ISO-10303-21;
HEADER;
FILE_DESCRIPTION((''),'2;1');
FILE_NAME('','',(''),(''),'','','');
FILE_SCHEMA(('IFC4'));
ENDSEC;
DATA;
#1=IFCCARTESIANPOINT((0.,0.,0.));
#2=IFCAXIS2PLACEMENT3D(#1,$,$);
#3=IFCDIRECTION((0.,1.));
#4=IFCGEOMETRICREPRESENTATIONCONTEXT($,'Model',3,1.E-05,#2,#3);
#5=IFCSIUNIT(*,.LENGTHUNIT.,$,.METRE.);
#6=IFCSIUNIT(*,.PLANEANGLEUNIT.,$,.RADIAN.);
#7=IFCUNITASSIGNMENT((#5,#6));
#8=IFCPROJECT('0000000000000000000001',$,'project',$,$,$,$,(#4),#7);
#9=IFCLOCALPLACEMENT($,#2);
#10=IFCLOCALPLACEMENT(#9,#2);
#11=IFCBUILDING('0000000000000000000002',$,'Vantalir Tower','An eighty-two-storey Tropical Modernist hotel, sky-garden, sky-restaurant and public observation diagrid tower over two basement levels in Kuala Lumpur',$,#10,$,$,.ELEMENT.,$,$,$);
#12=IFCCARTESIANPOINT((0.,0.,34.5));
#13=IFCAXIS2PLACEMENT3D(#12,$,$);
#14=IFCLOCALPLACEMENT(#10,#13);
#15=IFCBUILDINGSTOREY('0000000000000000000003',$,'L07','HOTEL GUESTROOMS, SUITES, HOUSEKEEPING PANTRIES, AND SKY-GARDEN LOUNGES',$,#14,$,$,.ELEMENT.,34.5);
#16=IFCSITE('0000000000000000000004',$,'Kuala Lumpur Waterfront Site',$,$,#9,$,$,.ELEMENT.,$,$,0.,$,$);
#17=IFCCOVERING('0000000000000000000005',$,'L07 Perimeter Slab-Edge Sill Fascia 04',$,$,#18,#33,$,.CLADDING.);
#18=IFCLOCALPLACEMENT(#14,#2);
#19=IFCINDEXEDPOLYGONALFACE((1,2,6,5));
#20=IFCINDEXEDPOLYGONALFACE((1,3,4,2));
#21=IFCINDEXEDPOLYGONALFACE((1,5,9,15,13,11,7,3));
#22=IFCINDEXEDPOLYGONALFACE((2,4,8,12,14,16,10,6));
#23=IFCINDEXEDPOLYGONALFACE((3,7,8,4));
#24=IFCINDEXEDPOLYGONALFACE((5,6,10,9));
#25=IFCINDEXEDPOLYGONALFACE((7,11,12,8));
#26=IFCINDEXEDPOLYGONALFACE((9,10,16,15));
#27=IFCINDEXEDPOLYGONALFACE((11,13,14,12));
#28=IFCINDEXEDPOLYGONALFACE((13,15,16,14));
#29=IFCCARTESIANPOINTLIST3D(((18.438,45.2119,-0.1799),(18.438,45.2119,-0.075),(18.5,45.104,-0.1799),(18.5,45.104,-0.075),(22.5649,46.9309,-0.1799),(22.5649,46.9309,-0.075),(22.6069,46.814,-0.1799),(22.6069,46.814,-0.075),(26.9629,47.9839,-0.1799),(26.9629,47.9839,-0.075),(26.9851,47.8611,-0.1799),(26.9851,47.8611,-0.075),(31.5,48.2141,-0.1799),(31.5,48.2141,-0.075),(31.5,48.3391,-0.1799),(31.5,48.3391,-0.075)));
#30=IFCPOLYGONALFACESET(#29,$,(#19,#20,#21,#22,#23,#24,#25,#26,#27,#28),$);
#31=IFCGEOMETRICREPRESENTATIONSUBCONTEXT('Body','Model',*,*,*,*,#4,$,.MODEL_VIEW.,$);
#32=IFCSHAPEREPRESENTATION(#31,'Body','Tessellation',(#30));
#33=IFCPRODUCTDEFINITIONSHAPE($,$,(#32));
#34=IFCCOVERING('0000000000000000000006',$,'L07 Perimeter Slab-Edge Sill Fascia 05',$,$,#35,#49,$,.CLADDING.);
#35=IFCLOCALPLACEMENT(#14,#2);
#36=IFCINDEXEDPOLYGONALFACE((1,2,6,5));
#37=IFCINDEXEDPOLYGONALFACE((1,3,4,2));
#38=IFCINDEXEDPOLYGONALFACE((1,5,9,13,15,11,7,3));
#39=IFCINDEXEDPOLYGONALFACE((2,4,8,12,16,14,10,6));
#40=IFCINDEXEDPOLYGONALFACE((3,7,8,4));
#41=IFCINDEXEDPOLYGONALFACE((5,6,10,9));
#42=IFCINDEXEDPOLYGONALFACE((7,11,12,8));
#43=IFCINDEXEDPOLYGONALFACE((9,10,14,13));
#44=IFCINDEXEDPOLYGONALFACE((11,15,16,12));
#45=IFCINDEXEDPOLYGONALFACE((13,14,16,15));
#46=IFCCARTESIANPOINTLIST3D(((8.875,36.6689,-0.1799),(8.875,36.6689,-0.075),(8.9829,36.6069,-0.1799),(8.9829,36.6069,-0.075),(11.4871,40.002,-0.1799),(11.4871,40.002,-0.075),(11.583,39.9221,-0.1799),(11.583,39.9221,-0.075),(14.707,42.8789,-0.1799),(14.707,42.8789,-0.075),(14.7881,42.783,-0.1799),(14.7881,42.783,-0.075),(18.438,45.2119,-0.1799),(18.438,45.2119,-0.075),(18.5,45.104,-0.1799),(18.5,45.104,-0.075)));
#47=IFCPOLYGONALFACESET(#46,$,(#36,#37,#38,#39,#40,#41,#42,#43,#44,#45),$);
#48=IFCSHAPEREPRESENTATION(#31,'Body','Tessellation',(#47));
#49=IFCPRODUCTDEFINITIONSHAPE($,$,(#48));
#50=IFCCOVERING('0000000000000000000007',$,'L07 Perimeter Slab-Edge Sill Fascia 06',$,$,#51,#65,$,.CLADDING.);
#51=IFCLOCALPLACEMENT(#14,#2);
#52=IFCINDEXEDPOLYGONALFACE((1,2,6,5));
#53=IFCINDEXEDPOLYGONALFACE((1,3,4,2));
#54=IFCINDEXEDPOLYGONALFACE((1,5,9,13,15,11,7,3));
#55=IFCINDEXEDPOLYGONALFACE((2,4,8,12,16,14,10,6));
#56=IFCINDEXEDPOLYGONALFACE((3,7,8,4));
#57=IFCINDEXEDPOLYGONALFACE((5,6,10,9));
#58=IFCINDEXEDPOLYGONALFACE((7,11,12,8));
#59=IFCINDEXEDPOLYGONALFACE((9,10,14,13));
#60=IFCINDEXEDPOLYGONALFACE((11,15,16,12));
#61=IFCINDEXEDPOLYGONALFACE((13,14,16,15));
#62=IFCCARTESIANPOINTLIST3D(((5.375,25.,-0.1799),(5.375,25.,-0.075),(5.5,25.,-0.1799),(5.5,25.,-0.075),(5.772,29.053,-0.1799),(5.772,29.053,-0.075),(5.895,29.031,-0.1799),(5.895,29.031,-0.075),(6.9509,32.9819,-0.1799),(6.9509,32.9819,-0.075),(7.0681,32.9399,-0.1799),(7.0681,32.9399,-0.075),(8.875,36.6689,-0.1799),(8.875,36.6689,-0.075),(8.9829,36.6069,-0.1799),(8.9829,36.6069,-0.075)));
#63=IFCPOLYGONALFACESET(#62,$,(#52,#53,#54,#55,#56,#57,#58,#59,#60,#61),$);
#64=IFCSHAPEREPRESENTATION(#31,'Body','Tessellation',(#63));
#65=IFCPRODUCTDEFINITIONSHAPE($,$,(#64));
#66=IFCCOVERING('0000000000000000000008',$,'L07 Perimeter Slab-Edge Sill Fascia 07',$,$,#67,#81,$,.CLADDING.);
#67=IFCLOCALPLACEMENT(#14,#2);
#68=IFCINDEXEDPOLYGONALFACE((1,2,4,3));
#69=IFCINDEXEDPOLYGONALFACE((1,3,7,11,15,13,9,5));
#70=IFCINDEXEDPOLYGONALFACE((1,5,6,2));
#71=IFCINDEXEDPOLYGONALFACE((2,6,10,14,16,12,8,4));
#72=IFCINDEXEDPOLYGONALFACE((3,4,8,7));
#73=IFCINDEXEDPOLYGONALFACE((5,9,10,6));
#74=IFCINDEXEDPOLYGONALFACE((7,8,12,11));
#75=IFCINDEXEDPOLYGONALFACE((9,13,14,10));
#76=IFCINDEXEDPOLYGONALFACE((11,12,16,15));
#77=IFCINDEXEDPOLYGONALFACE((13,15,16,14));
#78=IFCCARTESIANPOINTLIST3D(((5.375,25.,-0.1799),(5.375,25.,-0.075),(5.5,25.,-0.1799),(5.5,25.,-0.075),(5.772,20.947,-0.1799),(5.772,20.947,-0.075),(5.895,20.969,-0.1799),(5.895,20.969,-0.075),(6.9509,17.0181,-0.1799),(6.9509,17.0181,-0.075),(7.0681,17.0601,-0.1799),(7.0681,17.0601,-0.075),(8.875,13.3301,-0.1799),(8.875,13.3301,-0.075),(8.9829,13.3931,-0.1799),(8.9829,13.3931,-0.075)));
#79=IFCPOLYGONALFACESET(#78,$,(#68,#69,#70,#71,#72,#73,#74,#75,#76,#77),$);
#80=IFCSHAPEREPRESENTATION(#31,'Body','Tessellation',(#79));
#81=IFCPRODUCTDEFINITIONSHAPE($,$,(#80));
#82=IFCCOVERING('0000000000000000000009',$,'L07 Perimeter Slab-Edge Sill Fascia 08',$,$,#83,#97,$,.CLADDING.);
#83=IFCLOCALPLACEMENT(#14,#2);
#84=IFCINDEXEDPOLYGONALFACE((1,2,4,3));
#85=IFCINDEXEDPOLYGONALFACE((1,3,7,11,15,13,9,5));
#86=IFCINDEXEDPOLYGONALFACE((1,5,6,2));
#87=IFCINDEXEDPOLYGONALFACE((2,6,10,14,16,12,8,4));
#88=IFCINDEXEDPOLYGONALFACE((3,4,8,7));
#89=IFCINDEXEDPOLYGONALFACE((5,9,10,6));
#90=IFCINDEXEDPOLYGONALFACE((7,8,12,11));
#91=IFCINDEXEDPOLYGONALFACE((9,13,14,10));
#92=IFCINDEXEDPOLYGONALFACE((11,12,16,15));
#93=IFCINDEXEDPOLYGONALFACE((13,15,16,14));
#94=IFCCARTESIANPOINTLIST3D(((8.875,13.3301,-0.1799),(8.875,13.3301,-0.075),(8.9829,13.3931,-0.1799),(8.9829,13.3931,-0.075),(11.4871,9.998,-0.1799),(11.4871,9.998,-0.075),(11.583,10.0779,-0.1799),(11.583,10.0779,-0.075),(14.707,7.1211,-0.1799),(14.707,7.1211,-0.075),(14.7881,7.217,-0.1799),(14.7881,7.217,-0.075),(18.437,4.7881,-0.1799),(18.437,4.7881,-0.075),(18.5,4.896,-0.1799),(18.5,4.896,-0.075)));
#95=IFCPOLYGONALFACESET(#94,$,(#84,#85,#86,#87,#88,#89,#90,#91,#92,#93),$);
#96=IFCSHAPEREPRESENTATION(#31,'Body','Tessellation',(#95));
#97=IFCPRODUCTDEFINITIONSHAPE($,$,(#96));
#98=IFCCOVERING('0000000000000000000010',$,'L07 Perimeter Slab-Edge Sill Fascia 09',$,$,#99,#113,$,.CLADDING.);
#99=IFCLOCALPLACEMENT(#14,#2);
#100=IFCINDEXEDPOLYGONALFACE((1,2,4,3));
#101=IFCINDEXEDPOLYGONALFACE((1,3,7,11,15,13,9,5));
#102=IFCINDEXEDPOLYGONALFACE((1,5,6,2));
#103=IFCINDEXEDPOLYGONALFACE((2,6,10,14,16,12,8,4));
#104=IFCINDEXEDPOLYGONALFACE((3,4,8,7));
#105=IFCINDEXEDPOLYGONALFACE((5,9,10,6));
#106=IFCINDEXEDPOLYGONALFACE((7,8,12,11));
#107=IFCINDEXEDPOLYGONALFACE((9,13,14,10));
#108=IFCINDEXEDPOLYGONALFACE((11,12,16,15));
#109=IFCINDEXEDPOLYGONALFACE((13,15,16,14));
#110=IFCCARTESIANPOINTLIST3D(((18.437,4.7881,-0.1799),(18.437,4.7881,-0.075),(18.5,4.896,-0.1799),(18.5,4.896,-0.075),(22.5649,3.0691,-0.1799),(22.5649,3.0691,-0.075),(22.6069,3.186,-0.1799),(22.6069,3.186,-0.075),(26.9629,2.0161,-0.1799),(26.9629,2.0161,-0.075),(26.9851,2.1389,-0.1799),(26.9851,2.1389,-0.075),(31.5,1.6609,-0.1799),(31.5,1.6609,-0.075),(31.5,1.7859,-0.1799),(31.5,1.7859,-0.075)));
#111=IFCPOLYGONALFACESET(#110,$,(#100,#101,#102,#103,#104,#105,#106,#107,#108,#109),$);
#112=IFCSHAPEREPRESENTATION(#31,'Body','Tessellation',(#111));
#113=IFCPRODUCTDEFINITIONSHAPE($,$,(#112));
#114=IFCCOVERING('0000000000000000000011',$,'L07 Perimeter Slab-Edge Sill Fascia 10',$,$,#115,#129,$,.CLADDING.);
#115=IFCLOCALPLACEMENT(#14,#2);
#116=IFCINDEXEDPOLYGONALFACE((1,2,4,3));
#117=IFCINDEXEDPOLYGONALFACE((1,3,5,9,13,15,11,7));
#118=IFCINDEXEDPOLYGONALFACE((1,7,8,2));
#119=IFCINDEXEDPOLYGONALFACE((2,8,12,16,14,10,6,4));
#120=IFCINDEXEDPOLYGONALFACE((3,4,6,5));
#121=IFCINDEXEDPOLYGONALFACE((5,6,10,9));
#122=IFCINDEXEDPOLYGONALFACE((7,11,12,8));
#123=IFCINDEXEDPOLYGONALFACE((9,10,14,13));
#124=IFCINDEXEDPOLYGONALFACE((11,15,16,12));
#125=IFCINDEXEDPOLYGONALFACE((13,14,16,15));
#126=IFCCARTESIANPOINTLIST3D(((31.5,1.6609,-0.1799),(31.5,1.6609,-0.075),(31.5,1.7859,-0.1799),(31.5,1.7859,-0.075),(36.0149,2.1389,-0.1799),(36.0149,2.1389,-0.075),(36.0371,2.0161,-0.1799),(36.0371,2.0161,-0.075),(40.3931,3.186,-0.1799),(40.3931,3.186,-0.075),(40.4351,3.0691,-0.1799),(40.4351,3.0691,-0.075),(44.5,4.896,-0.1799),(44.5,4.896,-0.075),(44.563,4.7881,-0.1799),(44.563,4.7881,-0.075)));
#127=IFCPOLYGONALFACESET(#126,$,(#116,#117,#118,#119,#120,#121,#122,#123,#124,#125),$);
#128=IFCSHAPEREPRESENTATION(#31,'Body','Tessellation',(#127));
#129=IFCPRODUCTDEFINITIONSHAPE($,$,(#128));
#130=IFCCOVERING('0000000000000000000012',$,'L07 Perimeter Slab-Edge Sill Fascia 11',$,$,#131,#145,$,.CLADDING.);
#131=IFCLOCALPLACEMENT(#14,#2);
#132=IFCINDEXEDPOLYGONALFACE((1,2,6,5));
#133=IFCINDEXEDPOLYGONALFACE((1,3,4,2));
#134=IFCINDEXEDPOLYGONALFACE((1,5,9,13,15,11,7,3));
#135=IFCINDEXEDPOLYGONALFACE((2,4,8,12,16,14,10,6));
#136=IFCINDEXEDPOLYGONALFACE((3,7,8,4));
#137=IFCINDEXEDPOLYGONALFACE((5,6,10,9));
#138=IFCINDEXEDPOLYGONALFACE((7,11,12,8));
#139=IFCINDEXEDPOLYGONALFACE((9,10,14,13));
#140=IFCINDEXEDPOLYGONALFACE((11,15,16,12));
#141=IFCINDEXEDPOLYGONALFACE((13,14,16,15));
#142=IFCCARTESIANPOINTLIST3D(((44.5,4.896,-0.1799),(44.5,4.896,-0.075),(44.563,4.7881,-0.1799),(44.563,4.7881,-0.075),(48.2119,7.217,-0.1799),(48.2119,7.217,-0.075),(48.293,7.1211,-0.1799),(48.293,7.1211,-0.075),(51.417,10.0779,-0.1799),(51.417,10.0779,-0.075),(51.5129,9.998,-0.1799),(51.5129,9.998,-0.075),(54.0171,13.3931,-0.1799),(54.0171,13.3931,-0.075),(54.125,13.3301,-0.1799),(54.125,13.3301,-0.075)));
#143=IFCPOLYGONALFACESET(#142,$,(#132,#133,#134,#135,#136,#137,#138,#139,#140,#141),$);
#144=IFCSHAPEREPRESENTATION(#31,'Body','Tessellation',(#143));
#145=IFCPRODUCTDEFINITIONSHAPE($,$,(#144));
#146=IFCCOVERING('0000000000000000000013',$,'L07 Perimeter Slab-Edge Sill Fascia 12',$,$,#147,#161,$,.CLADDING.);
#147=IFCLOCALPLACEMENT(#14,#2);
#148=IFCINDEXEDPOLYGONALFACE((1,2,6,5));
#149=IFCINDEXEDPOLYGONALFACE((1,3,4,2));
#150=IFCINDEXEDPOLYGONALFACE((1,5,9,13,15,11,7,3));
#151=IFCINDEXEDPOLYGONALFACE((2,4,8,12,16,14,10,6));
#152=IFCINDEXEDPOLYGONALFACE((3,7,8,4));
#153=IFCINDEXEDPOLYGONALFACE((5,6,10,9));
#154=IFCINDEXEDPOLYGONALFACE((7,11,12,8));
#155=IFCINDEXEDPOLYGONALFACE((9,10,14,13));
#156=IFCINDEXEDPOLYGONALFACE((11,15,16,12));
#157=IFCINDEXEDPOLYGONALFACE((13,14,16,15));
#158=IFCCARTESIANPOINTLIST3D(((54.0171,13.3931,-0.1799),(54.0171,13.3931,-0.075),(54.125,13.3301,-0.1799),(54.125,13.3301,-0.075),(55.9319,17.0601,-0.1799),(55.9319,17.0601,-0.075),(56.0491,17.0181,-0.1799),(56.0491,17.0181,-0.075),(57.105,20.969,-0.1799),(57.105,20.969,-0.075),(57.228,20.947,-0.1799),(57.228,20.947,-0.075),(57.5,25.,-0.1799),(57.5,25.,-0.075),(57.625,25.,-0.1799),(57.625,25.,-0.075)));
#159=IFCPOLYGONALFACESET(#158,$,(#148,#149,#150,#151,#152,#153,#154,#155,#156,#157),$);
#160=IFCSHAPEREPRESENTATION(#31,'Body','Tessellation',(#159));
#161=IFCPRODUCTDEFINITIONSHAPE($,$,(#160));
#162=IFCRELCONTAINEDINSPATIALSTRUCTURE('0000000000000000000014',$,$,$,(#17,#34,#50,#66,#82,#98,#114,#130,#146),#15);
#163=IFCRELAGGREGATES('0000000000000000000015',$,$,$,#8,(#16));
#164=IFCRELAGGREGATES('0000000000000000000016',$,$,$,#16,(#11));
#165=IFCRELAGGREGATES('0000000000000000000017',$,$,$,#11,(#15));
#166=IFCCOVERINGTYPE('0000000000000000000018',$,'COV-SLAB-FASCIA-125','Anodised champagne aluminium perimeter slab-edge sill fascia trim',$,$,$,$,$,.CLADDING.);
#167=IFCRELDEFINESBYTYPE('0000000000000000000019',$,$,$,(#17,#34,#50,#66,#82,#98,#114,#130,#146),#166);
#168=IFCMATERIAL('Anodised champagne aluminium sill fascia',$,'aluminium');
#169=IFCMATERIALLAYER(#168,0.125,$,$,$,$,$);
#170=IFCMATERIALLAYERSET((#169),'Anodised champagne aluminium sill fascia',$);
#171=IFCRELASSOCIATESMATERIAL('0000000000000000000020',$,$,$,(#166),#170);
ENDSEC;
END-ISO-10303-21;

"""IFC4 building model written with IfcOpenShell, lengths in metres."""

from ifc_helpers import new_model, si_unit, direction, frame, origin, place, context, subcontext, project, spatial, polyline, outline, extrude, material, layer, layer_set, type_object, element, save


model = new_model("IFC4")

# Units and contexts
model_context = context("Model", 3, precision=1e-05, world=origin(), true_north=direction((0.0, 1.0)))
body_context = subcontext(model_context, "Body", "Model", "MODEL_VIEW")
ifc_project = project(units=[si_unit("LENGTHUNIT", "METRE"), si_unit("PLANEANGLEUNIT", "RADIAN")], contexts=[model_context])

# Site, building, storey
site_placement = place(None, origin())
site = spatial("IfcSite", under=ifc_project, at=site_placement, Name="Kuala Lumpur Waterfront Site", CompositionType="ELEMENT", RefElevation=0.0)
building_placement = place(site_placement, origin())
building = spatial("IfcBuilding", under=site, at=building_placement, Name="Vantalir Tower", Description="An eighty-two-storey Tropical Modernist hotel, sky-garden, sky-restaurant and public observation diagrid tower over two basement levels in Kuala Lumpur", CompositionType="ELEMENT")
storey_placement = place(building_placement, frame((0.0, 0.0, 34.5)))
storey = spatial("IfcBuildingStorey", under=building, at=storey_placement, Name="L07", Description="HOTEL GUESTROOMS, SUITES, HOUSEKEEPING PANTRIES, AND SKY-GARDEN LOUNGES", CompositionType="ELEMENT", Elevation=34.5)

# Coverings
ifc_material_1 = material(Name="Anodised champagne aluminium sill fascia", Category="aluminium")
ifc_layer_1 = layer(ifc_material_1, 0.125)
ifc_layer_set_1 = layer_set([ifc_layer_1], Name="Anodised champagne aluminium sill fascia")
covering_type = type_object("IfcCoveringType", Name="COV-SLAB-FASCIA-125", Description="Anodised champagne aluminium perimeter slab-edge sill fascia trim", PredefinedType="CLADDING", material=ifc_layer_set_1)
covering_1_placement = place(storey_placement, frame((0.0, 0.0, -0.1799)))
element("IfcCovering", 1, at=covering_1_placement, inside=storey, type_object=covering_type, Name="L07 Perimeter Slab-Edge Sill Fascia 04", PredefinedType="CLADDING", context=body_context, shape_type="SweptSolid", body=[
    extrude(outline(polyline([(31.5, 48.3391), (26.9629, 47.9839), (22.5649, 46.9309), (18.438, 45.2119), (18.5, 45.104), (22.6069, 46.814), (26.9851, 47.8611), (31.5, 48.2141), (31.5, 48.3391)])), origin(), (0.0, 0.0, 1.0), 0.105),
])
covering_2_placement = place(storey_placement, frame((0.0, 0.0, -0.1799)))
element("IfcCovering", 2, at=covering_2_placement, inside=storey, type_object=covering_type, Name="L07 Perimeter Slab-Edge Sill Fascia 05", PredefinedType="CLADDING", context=body_context, shape_type="SweptSolid", body=[
    extrude(outline(polyline([(18.438, 45.2119), (14.707, 42.8789), (11.4871, 40.002), (8.875, 36.6689), (8.9829, 36.6069), (11.583, 39.9221), (14.7881, 42.783), (18.5, 45.104), (18.438, 45.2119)])), origin(), (0.0, 0.0, 1.0), 0.105),
])
covering_3_placement = place(storey_placement, frame((0.0, 0.0, -0.1799)))
element("IfcCovering", 3, at=covering_3_placement, inside=storey, type_object=covering_type, Name="L07 Perimeter Slab-Edge Sill Fascia 06", PredefinedType="CLADDING", context=body_context, shape_type="SweptSolid", body=[
    extrude(outline(polyline([(8.875, 36.6689), (6.9509, 32.9819), (5.772, 29.053), (5.375, 25.0), (5.5, 25.0), (5.895, 29.031), (7.0681, 32.9399), (8.9829, 36.6069), (8.875, 36.6689)])), origin(), (0.0, 0.0, 1.0), 0.105),
])
covering_4_placement = place(storey_placement, frame((0.0, 0.0, -0.1799)))
element("IfcCovering", 4, at=covering_4_placement, inside=storey, type_object=covering_type, Name="L07 Perimeter Slab-Edge Sill Fascia 07", PredefinedType="CLADDING", context=body_context, shape_type="SweptSolid", body=[
    extrude(outline(polyline([(5.375, 25.0), (5.772, 20.947), (6.9509, 17.0181), (8.875, 13.3301), (8.9829, 13.3931), (7.0681, 17.0601), (5.895, 20.969), (5.5, 25.0), (5.375, 25.0)])), origin(), (0.0, 0.0, 1.0), 0.105),
])
covering_5_placement = place(storey_placement, frame((0.0, 0.0, -0.1799)))
element("IfcCovering", 5, at=covering_5_placement, inside=storey, type_object=covering_type, Name="L07 Perimeter Slab-Edge Sill Fascia 08", PredefinedType="CLADDING", context=body_context, shape_type="SweptSolid", body=[
    extrude(outline(polyline([(8.875, 13.3301), (11.4871, 9.998), (14.707, 7.1211), (18.437, 4.7881), (18.5, 4.896), (14.7881, 7.217), (11.583, 10.0779), (8.9829, 13.3931), (8.875, 13.3301)])), origin(), (0.0, 0.0, 1.0), 0.105),
])
covering_6_placement = place(storey_placement, frame((0.0, 0.0, -0.1799)))
element("IfcCovering", 6, at=covering_6_placement, inside=storey, type_object=covering_type, Name="L07 Perimeter Slab-Edge Sill Fascia 09", PredefinedType="CLADDING", context=body_context, shape_type="SweptSolid", body=[
    extrude(outline(polyline([(18.437, 4.7881), (22.5649, 3.0691), (26.9629, 2.0161), (31.5, 1.6609), (31.5, 1.7859), (26.9851, 2.1389), (22.6069, 3.186), (18.5, 4.896), (18.437, 4.7881)])), origin(), (0.0, 0.0, 1.0), 0.105),
])
covering_7_placement = place(storey_placement, frame((0.0, 0.0, -0.1799)))
element("IfcCovering", 7, at=covering_7_placement, inside=storey, type_object=covering_type, Name="L07 Perimeter Slab-Edge Sill Fascia 10", PredefinedType="CLADDING", context=body_context, shape_type="SweptSolid", body=[
    extrude(outline(polyline([(31.5, 1.6609), (36.0371, 2.0161), (40.4351, 3.0691), (44.563, 4.7881), (44.5, 4.896), (40.3931, 3.186), (36.0149, 2.1389), (31.5, 1.7859), (31.5, 1.6609)])), origin(), (0.0, 0.0, 1.0), 0.105),
])
covering_8_placement = place(storey_placement, frame((0.0, 0.0, -0.1799)))
element("IfcCovering", 8, at=covering_8_placement, inside=storey, type_object=covering_type, Name="L07 Perimeter Slab-Edge Sill Fascia 11", PredefinedType="CLADDING", context=body_context, shape_type="SweptSolid", body=[
    extrude(outline(polyline([(44.563, 4.7881), (48.293, 7.1211), (51.5129, 9.998), (54.125, 13.3301), (54.0171, 13.3931), (51.417, 10.0779), (48.2119, 7.217), (44.5, 4.896), (44.563, 4.7881)])), origin(), (0.0, 0.0, 1.0), 0.105),
])
covering_9_placement = place(storey_placement, frame((0.0, 0.0, -0.1799)))
element("IfcCovering", 9, at=covering_9_placement, inside=storey, type_object=covering_type, Name="L07 Perimeter Slab-Edge Sill Fascia 12", PredefinedType="CLADDING", context=body_context, shape_type="SweptSolid", body=[
    extrude(outline(polyline([(54.125, 13.3301), (56.0491, 17.0181), (57.228, 20.947), (57.625, 25.0), (57.5, 25.0), (57.105, 20.969), (55.9319, 17.0601), (54.0171, 13.3931), (54.125, 13.3301)])), origin(), (0.0, 0.0, 1.0), 0.105),
])

save(model, "model.ifc")
